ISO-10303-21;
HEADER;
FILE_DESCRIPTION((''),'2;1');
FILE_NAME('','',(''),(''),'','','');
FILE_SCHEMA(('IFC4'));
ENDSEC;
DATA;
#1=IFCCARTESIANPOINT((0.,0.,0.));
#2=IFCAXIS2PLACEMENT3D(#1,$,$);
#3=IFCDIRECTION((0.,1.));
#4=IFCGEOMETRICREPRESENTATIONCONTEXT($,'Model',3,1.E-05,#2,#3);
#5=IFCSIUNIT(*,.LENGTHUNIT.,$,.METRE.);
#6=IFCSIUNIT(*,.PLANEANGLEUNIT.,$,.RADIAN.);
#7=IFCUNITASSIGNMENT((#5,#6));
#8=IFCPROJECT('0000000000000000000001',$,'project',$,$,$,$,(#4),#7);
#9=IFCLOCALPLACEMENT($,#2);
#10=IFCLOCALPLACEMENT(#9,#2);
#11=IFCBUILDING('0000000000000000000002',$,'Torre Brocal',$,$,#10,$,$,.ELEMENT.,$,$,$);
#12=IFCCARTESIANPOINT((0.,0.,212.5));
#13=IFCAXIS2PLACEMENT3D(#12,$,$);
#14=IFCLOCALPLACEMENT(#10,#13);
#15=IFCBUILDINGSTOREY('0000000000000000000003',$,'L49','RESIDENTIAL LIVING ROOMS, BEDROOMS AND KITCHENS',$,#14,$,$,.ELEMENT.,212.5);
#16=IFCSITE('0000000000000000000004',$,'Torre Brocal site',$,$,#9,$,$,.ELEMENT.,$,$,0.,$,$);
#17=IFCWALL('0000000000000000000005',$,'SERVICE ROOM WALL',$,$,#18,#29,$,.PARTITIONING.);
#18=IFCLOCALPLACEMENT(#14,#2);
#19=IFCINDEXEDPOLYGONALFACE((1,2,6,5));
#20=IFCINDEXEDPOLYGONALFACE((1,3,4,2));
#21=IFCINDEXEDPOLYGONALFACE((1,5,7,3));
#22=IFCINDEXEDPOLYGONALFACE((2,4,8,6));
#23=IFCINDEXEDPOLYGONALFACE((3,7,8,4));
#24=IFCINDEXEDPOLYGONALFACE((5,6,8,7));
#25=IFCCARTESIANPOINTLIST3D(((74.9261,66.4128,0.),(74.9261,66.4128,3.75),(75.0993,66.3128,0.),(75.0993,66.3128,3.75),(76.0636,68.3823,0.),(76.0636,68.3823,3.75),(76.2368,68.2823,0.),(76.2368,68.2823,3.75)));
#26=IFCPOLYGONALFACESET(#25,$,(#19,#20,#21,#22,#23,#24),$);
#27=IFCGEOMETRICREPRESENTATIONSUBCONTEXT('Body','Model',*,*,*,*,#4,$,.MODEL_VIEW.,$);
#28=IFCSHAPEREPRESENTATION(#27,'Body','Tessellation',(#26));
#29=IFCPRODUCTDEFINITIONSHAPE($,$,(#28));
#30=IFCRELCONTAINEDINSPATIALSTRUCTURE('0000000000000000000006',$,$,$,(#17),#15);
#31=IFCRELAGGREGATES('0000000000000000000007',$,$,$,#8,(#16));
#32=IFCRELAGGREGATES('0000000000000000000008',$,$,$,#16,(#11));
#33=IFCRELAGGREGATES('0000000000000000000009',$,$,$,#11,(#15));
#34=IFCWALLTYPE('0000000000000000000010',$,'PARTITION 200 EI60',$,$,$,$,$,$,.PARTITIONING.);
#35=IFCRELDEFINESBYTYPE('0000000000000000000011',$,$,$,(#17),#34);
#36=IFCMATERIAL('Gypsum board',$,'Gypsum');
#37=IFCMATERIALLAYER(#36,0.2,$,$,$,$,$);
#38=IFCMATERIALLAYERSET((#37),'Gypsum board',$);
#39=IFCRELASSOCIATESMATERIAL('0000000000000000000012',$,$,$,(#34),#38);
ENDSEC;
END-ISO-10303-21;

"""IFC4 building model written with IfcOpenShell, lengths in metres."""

from ifc_helpers import new_model, si_unit, direction, frame, frame_2d, origin, place, context, subcontext, project, spatial, rectangle, extrude, material, layer, layer_set, type_object, element, save


model = new_model("IFC4")

# Units and contexts
model_context = context("Model", 3, precision=1e-05, world=origin(), true_north=direction((0.0, 1.0)))
body_context = subcontext(model_context, "Body", "Model", "MODEL_VIEW")
ifc_project = project(units=[si_unit("LENGTHUNIT", "METRE"), si_unit("PLANEANGLEUNIT", "RADIAN")], contexts=[model_context])

# Site, building, storey
site_placement = place(None, origin())
site = spatial("IfcSite", under=ifc_project, at=site_placement, Name="Torre Brocal site", CompositionType="ELEMENT", RefElevation=0.0)
building_placement = place(site_placement, origin())
building = spatial("IfcBuilding", under=site, at=building_placement, Name="Torre Brocal", CompositionType="ELEMENT")
storey_placement = place(building_placement, frame((0.0, 0.0, 212.5)))
storey = spatial("IfcBuildingStorey", under=building, at=storey_placement, Name="L49", Description="RESIDENTIAL LIVING ROOMS, BEDROOMS AND KITCHENS", CompositionType="ELEMENT", Elevation=212.5)

# Shared definitions
ifc_material_1 = material(Name="Gypsum board", Category="Gypsum")
ifc_layer_1 = layer(ifc_material_1, 0.2)
ifc_layer_set_1 = layer_set([ifc_layer_1], Name="Gypsum board")
wall_type_1 = type_object("IfcWallType", Name="PARTITION 200 EI60", PredefinedType="PARTITIONING", material=ifc_layer_set_1)

# Wall
wall_1_placement = place(storey_placement, frame((75.0127, 66.3628, 0.0), z_axis=(0.0, 0.0, 1.0), x_axis=(0.500122, 0.865955, 0.0)))
element("IfcWall", 1, at=wall_1_placement, inside=storey, type_object=wall_type_1, Name="SERVICE ROOM WALL", PredefinedType="PARTITIONING", context=body_context, shape_type="SweptSolid", body=[
    extrude(rectangle(XDim=2.2744, YDim=0.2, at=frame_2d((1.1372, 0.0))), origin(), (0.0, 0.0, 1.0), 3.75),
])

save(model, "model.ifc")
